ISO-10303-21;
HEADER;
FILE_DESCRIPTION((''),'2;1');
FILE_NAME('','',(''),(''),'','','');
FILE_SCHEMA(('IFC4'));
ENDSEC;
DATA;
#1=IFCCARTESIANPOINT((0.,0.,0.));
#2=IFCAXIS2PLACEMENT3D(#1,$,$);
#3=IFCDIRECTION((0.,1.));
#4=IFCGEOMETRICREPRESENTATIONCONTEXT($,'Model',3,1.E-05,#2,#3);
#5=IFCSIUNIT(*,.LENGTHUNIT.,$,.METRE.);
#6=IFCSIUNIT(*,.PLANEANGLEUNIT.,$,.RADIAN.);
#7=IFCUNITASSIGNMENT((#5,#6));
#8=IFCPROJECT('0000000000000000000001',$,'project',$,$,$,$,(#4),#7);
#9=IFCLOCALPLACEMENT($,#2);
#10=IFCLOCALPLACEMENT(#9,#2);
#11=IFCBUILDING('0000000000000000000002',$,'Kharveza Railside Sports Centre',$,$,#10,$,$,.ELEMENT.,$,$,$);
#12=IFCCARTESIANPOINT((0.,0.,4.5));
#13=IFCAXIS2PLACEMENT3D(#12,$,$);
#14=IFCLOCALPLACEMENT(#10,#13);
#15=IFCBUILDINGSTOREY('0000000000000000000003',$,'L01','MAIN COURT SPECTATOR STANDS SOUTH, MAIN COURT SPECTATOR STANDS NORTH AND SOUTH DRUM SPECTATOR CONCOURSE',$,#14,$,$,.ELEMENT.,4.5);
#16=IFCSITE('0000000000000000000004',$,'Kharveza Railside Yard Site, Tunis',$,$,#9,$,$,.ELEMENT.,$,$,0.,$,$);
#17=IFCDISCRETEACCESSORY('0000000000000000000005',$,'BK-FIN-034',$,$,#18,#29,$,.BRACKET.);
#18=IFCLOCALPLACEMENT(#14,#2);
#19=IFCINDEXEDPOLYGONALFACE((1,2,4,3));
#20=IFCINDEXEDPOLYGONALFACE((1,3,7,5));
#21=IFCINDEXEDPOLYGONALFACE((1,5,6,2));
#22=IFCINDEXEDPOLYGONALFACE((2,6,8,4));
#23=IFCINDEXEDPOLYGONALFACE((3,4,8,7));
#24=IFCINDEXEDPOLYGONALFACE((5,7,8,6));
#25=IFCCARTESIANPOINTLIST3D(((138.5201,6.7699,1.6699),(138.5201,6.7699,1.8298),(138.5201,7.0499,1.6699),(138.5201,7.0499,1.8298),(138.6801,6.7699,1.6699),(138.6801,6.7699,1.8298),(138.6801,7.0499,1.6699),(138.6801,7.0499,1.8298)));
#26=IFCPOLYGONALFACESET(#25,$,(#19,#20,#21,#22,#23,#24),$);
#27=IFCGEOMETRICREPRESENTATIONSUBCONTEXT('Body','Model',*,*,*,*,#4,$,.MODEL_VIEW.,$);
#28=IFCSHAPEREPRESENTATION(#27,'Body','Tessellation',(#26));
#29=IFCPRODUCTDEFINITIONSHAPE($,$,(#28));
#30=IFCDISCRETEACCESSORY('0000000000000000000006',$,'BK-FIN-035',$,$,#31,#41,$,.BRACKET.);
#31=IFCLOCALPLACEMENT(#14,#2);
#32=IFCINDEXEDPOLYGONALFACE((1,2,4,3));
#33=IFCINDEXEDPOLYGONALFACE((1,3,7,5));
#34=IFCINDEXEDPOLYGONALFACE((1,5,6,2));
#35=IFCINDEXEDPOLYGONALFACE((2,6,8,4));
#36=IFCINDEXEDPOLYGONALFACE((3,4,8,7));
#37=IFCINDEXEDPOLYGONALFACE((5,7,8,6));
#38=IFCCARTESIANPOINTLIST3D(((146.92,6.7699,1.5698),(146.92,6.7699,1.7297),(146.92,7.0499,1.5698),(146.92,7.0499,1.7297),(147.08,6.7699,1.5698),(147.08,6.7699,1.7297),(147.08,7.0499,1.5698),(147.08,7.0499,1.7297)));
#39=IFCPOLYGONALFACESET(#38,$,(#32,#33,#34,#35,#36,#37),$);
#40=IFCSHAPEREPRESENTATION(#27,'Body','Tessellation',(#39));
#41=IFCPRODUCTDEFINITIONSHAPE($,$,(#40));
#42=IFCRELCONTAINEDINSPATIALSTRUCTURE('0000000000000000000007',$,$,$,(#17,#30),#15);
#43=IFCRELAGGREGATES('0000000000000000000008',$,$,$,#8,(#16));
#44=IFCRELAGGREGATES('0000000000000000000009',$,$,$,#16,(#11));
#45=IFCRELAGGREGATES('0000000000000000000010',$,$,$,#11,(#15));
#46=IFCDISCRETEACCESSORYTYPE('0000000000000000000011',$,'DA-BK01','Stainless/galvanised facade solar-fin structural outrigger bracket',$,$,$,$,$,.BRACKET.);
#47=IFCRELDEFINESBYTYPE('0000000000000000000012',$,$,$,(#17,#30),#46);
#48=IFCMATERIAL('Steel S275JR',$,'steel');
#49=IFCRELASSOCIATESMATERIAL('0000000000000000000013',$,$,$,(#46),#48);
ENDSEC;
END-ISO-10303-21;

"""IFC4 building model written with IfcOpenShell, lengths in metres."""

from ifc_helpers import new_model, si_unit, direction, frame, origin, origin_2d, place, context, subcontext, project, spatial, rectangle, extrude, material, type_object, element, save


model = new_model("IFC4")

# Units and contexts
model_context = context("Model", 3, precision=1e-05, world=origin(), true_north=direction((0.0, 1.0)))
body_context = subcontext(model_context, "Body", "Model", "MODEL_VIEW")
ifc_project = project(units=[si_unit("LENGTHUNIT", "METRE"), si_unit("PLANEANGLEUNIT", "RADIAN")], contexts=[model_context])

# Site, building, storey
site_placement = place(None, origin())
site = spatial("IfcSite", under=ifc_project, at=site_placement, Name="Kharveza Railside Yard Site, Tunis", CompositionType="ELEMENT", RefElevation=0.0)
building_placement = place(site_placement, origin())
building = spatial("IfcBuilding", under=site, at=building_placement, Name="Kharveza Railside Sports Centre", CompositionType="ELEMENT")
storey_placement = place(building_placement, frame((0.0, 0.0, 4.5)))
storey = spatial("IfcBuildingStorey", under=building, at=storey_placement, Name="L01", Description="MAIN COURT SPECTATOR STANDS SOUTH, MAIN COURT SPECTATOR STANDS NORTH AND SOUTH DRUM SPECTATOR CONCOURSE", CompositionType="ELEMENT", Elevation=4.5)

# Discrete accessories
ifc_material_1 = material(Name="Steel S275JR", Category="steel")
discrete_accessory_type = type_object("IfcDiscreteAccessoryType", Name="DA-BK01", Description="Stainless/galvanised facade solar-fin structural outrigger bracket", PredefinedType="BRACKET", material=ifc_material_1)
for number, where, z_axis, x_axis, name in (
    (1, (138.6001, 6.9099, 1.6699), (0.0, 0.0, 1.0), (0.0, -1.0, 0.0), "BK-FIN-034"),
    (2, (147.0, 6.9099, 1.5698), (0.0, 0.0, 1.0), (0.0, -1.0, 0.0), "BK-FIN-035"),
):
    element("IfcDiscreteAccessory", number, at=place(storey_placement, frame(where, z_axis=z_axis, x_axis=x_axis)), inside=storey, type_object=discrete_accessory_type, Name=name, PredefinedType="BRACKET", context=body_context, shape_type="SweptSolid", body=[
        extrude(rectangle(XDim=0.28, YDim=0.1599, at=origin_2d()), origin(), (0.0, 0.0, 1.0), 0.1599),
    ])

save(model, "model.ifc")
